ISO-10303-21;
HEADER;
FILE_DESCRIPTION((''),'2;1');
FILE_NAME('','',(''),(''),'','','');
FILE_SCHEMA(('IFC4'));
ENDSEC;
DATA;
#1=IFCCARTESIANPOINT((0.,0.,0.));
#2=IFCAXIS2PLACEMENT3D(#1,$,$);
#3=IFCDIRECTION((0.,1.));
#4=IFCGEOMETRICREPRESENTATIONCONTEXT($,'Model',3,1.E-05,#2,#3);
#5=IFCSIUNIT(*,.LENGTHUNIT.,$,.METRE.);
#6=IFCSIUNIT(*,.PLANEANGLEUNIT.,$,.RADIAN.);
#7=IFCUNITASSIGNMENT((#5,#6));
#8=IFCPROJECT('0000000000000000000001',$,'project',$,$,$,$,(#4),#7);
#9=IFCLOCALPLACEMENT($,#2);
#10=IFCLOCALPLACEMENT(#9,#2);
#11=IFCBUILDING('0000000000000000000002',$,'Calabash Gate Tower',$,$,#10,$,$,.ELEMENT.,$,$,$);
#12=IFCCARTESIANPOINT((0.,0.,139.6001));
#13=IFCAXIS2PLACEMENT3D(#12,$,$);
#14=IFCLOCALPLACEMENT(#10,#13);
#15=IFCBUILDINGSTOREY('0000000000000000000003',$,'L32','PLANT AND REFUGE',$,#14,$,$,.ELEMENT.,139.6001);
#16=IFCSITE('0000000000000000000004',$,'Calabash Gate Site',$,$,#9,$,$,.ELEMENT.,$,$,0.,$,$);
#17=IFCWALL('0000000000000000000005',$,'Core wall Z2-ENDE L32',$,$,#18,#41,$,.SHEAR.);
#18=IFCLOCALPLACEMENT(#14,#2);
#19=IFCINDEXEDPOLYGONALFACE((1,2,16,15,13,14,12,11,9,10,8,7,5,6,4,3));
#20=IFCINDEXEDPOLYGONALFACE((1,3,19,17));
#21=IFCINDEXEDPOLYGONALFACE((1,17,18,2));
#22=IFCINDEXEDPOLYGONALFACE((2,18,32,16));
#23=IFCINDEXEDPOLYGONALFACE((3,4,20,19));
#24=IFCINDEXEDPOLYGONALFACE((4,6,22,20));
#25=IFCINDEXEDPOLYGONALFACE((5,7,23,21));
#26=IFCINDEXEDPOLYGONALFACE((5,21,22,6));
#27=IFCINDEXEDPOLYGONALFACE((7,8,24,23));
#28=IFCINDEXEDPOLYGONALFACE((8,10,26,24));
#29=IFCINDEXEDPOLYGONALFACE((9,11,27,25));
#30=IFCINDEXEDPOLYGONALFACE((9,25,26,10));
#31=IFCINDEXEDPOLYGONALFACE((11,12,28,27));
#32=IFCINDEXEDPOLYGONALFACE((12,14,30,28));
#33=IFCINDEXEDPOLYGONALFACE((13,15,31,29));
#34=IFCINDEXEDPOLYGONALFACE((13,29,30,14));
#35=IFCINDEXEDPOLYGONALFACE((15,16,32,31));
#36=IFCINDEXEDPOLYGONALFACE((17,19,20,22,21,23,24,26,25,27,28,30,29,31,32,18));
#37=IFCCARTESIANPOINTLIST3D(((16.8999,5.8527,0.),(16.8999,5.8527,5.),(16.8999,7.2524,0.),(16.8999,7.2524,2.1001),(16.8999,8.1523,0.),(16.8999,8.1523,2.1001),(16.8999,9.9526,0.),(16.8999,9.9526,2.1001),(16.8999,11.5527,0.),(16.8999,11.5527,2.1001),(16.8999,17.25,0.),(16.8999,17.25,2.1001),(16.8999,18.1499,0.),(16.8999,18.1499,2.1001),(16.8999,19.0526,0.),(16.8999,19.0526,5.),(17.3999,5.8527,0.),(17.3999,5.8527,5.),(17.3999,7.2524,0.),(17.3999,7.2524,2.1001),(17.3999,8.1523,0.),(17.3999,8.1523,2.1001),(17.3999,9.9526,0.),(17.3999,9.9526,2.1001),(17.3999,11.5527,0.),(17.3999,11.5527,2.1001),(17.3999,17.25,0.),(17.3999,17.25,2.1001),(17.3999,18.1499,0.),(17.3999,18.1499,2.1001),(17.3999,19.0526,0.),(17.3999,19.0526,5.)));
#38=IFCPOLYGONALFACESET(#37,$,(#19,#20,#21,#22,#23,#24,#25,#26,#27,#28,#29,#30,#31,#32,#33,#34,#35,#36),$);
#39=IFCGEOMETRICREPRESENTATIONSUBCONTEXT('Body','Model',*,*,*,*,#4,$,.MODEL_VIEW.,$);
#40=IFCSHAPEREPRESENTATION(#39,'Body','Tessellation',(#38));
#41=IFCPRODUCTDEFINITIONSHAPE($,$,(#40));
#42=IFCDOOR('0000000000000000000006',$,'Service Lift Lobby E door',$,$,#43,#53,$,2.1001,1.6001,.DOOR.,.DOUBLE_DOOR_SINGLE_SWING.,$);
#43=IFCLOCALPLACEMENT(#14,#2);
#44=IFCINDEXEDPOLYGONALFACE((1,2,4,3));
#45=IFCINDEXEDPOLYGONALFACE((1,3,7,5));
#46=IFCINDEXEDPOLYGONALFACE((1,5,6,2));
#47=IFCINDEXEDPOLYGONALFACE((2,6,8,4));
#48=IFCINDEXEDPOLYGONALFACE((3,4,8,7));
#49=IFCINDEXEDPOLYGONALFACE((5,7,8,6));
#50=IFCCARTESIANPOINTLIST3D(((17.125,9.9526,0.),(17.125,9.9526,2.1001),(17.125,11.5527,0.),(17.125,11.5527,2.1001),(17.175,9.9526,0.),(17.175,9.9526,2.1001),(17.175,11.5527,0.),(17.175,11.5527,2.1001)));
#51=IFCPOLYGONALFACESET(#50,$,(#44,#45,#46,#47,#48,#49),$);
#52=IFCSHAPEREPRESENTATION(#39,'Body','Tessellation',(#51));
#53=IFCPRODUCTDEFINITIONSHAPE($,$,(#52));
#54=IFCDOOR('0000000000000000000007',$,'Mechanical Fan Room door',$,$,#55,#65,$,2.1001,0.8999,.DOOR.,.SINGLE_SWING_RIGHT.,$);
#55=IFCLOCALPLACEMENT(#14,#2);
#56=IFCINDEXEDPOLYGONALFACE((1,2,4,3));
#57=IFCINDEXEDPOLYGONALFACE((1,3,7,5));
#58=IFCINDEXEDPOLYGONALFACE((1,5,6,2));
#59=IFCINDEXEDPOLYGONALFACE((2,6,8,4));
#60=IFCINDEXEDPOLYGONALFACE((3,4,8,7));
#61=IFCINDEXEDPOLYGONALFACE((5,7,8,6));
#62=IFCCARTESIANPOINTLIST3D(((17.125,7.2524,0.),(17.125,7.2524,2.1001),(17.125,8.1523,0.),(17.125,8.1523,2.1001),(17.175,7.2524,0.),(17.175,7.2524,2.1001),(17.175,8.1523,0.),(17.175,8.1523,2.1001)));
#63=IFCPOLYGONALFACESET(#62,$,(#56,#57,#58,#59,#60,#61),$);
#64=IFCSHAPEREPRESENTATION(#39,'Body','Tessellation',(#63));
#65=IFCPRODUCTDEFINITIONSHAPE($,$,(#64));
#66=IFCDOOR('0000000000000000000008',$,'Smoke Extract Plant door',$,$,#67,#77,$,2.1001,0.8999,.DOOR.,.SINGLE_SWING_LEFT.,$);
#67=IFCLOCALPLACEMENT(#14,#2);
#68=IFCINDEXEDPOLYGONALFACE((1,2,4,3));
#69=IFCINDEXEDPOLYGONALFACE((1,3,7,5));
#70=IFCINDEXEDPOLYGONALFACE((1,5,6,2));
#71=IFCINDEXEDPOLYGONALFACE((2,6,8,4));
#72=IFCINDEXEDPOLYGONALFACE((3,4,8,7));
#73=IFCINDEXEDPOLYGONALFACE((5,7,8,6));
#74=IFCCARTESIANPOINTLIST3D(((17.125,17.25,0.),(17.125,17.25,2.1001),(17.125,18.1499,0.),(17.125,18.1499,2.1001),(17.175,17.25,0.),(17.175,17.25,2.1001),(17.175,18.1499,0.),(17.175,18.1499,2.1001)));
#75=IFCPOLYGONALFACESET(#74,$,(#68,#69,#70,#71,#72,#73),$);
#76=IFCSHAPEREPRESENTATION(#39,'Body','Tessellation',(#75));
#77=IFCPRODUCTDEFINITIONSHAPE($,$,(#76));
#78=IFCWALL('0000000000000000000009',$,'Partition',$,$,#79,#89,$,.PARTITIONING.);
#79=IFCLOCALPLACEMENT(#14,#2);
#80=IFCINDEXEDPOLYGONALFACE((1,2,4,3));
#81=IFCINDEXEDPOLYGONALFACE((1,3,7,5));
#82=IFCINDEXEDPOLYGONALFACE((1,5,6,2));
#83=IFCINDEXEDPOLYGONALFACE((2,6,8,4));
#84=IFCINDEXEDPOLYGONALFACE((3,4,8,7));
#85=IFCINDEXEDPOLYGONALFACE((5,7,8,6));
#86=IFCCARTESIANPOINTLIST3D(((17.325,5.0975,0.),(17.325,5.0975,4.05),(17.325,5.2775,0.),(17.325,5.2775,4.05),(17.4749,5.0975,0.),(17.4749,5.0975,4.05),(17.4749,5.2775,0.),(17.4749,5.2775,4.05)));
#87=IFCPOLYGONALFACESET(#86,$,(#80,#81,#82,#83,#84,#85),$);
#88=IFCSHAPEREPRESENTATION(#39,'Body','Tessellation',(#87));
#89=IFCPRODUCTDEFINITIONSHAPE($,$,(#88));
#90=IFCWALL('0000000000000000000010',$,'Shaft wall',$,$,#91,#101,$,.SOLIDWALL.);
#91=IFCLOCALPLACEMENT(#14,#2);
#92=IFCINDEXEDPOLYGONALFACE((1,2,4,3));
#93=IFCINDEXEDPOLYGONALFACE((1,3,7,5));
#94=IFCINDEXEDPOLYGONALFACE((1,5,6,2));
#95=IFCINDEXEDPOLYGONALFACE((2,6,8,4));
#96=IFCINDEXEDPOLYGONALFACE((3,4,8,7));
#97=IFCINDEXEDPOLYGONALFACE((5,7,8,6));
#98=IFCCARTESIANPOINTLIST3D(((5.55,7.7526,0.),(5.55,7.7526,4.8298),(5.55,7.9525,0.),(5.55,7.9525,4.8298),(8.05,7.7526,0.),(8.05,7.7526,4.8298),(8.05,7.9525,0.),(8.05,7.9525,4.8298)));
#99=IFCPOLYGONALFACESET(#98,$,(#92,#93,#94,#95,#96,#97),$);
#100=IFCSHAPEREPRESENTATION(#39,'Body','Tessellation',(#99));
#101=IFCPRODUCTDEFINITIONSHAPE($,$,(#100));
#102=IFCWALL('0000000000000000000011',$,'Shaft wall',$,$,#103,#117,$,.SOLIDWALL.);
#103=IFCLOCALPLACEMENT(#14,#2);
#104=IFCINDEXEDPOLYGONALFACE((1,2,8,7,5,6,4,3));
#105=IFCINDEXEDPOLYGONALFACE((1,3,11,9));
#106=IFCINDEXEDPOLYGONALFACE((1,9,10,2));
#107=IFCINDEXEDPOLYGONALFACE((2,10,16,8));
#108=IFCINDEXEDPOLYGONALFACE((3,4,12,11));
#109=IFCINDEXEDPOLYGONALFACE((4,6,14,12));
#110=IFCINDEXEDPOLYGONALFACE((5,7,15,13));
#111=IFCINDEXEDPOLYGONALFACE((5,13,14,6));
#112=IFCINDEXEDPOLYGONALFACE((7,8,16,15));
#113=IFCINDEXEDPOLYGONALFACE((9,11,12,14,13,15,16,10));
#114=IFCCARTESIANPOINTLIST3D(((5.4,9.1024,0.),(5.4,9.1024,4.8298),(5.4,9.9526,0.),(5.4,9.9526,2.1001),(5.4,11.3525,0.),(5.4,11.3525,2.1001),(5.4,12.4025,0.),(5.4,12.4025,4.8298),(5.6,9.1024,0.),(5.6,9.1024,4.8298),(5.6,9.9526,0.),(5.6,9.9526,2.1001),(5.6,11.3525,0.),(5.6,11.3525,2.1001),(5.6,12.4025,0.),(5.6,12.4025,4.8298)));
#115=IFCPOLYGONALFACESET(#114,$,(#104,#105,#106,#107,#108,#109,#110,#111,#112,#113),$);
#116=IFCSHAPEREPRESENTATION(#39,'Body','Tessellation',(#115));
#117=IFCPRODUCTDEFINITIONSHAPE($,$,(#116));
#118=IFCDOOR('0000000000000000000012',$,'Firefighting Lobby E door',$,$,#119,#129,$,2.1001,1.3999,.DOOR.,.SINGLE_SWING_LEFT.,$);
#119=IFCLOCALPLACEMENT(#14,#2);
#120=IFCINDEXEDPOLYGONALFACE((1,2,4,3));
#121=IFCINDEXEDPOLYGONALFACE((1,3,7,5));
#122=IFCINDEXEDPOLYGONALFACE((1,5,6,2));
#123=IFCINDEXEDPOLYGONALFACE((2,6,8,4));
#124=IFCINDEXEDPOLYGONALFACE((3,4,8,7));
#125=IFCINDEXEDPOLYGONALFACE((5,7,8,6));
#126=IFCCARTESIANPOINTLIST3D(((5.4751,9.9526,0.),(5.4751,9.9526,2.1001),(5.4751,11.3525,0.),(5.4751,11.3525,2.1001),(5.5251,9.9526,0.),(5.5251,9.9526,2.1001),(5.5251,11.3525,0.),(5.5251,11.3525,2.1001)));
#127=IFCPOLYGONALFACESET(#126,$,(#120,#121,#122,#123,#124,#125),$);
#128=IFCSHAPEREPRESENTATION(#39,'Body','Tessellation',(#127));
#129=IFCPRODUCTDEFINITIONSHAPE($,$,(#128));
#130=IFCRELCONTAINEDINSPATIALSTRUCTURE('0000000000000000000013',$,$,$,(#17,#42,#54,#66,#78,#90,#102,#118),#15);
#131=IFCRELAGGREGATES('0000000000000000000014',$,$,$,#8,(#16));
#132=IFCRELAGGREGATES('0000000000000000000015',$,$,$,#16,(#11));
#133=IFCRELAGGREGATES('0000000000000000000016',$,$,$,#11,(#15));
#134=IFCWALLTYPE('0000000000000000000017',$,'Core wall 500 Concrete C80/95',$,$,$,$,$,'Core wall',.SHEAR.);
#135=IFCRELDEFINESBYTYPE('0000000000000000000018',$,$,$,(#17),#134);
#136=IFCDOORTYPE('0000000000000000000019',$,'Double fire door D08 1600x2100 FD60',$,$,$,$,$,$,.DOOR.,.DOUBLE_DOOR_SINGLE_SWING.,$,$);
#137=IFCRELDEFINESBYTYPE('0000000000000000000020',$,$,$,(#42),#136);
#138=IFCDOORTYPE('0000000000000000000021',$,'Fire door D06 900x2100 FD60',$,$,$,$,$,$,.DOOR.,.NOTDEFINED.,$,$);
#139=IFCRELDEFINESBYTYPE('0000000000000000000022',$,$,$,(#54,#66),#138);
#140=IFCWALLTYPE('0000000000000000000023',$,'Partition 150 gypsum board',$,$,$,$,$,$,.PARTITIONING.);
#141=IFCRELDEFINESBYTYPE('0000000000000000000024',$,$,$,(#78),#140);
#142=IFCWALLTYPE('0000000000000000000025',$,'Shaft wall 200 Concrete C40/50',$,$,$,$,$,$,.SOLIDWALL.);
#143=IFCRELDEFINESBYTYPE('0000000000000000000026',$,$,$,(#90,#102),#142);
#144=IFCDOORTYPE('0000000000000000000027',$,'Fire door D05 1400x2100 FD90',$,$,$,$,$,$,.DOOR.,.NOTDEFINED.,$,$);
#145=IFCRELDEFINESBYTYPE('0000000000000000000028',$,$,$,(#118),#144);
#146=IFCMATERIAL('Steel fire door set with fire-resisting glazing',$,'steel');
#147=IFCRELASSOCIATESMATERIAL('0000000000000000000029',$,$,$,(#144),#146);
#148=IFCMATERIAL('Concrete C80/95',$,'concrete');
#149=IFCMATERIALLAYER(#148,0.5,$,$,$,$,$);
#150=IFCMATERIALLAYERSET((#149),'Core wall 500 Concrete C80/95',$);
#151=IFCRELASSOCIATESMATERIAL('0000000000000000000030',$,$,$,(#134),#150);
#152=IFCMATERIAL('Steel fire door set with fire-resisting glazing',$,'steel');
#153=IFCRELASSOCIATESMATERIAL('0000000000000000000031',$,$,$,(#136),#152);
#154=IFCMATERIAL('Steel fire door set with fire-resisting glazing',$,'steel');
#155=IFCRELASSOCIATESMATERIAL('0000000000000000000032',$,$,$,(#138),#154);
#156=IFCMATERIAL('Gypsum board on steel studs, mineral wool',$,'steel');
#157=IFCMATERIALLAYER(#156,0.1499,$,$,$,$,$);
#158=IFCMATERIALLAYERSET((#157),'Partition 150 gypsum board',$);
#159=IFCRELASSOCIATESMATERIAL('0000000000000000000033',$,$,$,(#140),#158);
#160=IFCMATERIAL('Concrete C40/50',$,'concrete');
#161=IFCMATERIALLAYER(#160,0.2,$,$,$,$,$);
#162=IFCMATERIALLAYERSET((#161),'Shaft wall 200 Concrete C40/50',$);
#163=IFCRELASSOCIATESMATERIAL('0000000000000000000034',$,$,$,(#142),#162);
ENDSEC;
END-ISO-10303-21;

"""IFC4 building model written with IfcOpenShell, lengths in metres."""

from ifc_helpers import new_model, si_unit, direction, frame, frame_2d, origin, place, context, subcontext, project, spatial, rectangle, extrude, material, layer, layer_set, type_object, element, fill, save


model = new_model("IFC4")

# Units and contexts
model_context = context("Model", 3, precision=1e-05, world=origin(), true_north=direction((0.0, 1.0)))
body_context = subcontext(model_context, "Body", "Model", "MODEL_VIEW")
ifc_project = project(units=[si_unit("LENGTHUNIT", "METRE"), si_unit("PLANEANGLEUNIT", "RADIAN")], contexts=[model_context])

# Site, building, storey
site_placement = place(None, origin())
site = spatial("IfcSite", under=ifc_project, at=site_placement, Name="Calabash Gate Site", CompositionType="ELEMENT", RefElevation=0.0)
building_placement = place(site_placement, origin())
building = spatial("IfcBuilding", under=site, at=building_placement, Name="Calabash Gate Tower", CompositionType="ELEMENT")
storey_placement = place(building_placement, frame((0.0, 0.0, 139.6001)))
storey = spatial("IfcBuildingStorey", under=building, at=storey_placement, Name="L32", Description="PLANT AND REFUGE", CompositionType="ELEMENT", Elevation=139.6001)

# Shared definitions
ifc_material_1 = material(Name="Steel fire door set with fire-resisting glazing", Category="steel")
door_type_1 = type_object("IfcDoorType", Name="Fire door D05 1400x2100 FD90", OperationType="NOTDEFINED", PredefinedType="DOOR", material=ifc_material_1)

# Shared definitions
ifc_material_2 = material(Name="Concrete C80/95", Category="concrete")
ifc_layer_1 = layer(ifc_material_2, 0.5)
ifc_layer_set_1 = layer_set([ifc_layer_1], Name="Core wall 500 Concrete C80/95")
wall_type_1 = type_object("IfcWallType", Name="Core wall 500 Concrete C80/95", ElementType="Core wall", PredefinedType="SHEAR", material=ifc_layer_set_1)

# Wall, openings, doors
wall_1_placement = place(storey_placement, frame((17.1499, 5.8525, 0.0), z_axis=(0.0, 0.0, 1.0), x_axis=(0.0, 1.0, 0.0)))
wall_1 = element("IfcWall", 1, at=wall_1_placement, inside=storey, type_object=wall_type_1, Name="Core wall Z2-ENDE L32", PredefinedType="SHEAR", context=body_context, shape_type="SweptSolid", body=[
    extrude(rectangle(XDim=13.2, YDim=0.5, at=frame_2d((6.6001, 0.0))), origin(), (0.0, 0.0, 1.0), 5.0),
])
opening_1_placement = place(wall_1_placement, frame((4.1001, 0.0, 0.0)))
opening_1 = element("IfcOpeningElement", 2, at=opening_1_placement, cuts=wall_1, PredefinedType="OPENING", context=body_context, shape_type="SweptSolid", body=[
    extrude(rectangle(XDim=1.6001, YDim=2.1001, at=frame_2d((0.8, 1.05))), frame((0.0, 0.26, 0.0), z_axis=(0.0, -1.0, 0.0), x_axis=(1.0, 0.0, 0.0)), (0.0, 0.0, 1.0), 0.52),
])
opening_2_placement = place(wall_1_placement, frame((1.3999, 0.0, 0.0)))
opening_2 = element("IfcOpeningElement", 3, at=opening_2_placement, cuts=wall_1, PredefinedType="OPENING", context=body_context, shape_type="SweptSolid", body=[
    extrude(rectangle(XDim=0.8999, YDim=2.1001, at=frame_2d((0.45, 1.05))), frame((0.0, 0.26, 0.0), z_axis=(0.0, -1.0, 0.0), x_axis=(1.0, 0.0, 0.0)), (0.0, 0.0, 1.0), 0.52),
])
opening_3_placement = place(wall_1_placement, frame((11.3975, 0.0, 0.0)))
opening_3 = element("IfcOpeningElement", 4, at=opening_3_placement, cuts=wall_1, PredefinedType="OPENING", context=body_context, shape_type="SweptSolid", body=[
    extrude(rectangle(XDim=0.8999, YDim=2.1001, at=frame_2d((0.45, 1.05))), frame((0.0, 0.26, 0.0), z_axis=(0.0, -1.0, 0.0), x_axis=(1.0, 0.0, 0.0)), (0.0, 0.0, 1.0), 0.52),
])
ifc_material_3 = material(Name="Steel fire door set with fire-resisting glazing", Category="steel")
door_type_2 = type_object("IfcDoorType", Name="Double fire door D08 1600x2100 FD60", OperationType="DOUBLE_DOOR_SINGLE_SWING", PredefinedType="DOOR", material=ifc_material_3)
door_1_placement = place(opening_1_placement, origin())
door_1 = element("IfcDoor", 5, at=door_1_placement, inside=storey, type_object=door_type_2, Name="Service Lift Lobby E door", OperationType="DOUBLE_DOOR_SINGLE_SWING", OverallHeight=2.1001, OverallWidth=1.6001, PredefinedType="DOOR", context=body_context, shape_type="SweptSolid", body=[
    extrude(rectangle(XDim=1.6001, YDim=2.1001, at=frame_2d((0.8, 1.05))), frame((0.0, 0.0249, 0.0), z_axis=(0.0, -1.0, 0.0), x_axis=(1.0, 0.0, 0.0)), (0.0, 0.0, 1.0), 0.05),
])
fill(opening_1, door_1)
ifc_material_4 = material(Name="Steel fire door set with fire-resisting glazing", Category="steel")
door_type_3 = type_object("IfcDoorType", Name="Fire door D06 900x2100 FD60", OperationType="NOTDEFINED", PredefinedType="DOOR", material=ifc_material_4)
door_2_placement = place(opening_2_placement, origin())
door_2 = element("IfcDoor", 6, at=door_2_placement, inside=storey, type_object=door_type_3, Name="Mechanical Fan Room door", OperationType="SINGLE_SWING_RIGHT", OverallHeight=2.1001, OverallWidth=0.8999, PredefinedType="DOOR", context=body_context, shape_type="SweptSolid", body=[
    extrude(rectangle(XDim=0.8999, YDim=2.1001, at=frame_2d((0.45, 1.05))), frame((0.0, 0.0249, 0.0), z_axis=(0.0, -1.0, 0.0), x_axis=(1.0, 0.0, 0.0)), (0.0, 0.0, 1.0), 0.05),
])
fill(opening_2, door_2)
door_3_placement = place(opening_3_placement, origin())
door_3 = element("IfcDoor", 7, at=door_3_placement, inside=storey, type_object=door_type_3, Name="Smoke Extract Plant door", OperationType="SINGLE_SWING_LEFT", OverallHeight=2.1001, OverallWidth=0.8999, PredefinedType="DOOR", context=body_context, shape_type="SweptSolid", body=[
    extrude(rectangle(XDim=0.8999, YDim=2.1001, at=frame_2d((0.45, 1.05))), frame((0.0, 0.0249, 0.0), z_axis=(0.0, -1.0, 0.0), x_axis=(1.0, 0.0, 0.0)), (0.0, 0.0, 1.0), 0.05),
])
fill(opening_3, door_3)

# Walls
ifc_material_5 = material(Name="Gypsum board on steel studs, mineral wool", Category="steel")
ifc_layer_2 = layer(ifc_material_5, 0.1499)
ifc_layer_set_2 = layer_set([ifc_layer_2], Name="Partition 150 gypsum board")
wall_type_2 = type_object("IfcWallType", Name="Partition 150 gypsum board", PredefinedType="PARTITIONING", material=ifc_layer_set_2)
wall_2_placement = place(storey_placement, frame((17.3999, 5.0977, 0.0), z_axis=(0.0, 0.0, 1.0), x_axis=(0.0, 1.0, 0.0)))
element("IfcWall", 8, at=wall_2_placement, inside=storey, type_object=wall_type_2, Name="Partition", PredefinedType="PARTITIONING", context=body_context, shape_type="SweptSolid", body=[
    extrude(rectangle(XDim=0.1799, YDim=0.1499, at=frame_2d((0.0898, 0.0))), origin(), (0.0, 0.0, 1.0), 4.05),
])
ifc_material_6 = material(Name="Concrete C40/50", Category="concrete")
ifc_layer_3 = layer(ifc_material_6, 0.2)
ifc_layer_set_3 = layer_set([ifc_layer_3], Name="Shaft wall 200 Concrete C40/50")
wall_type_3 = type_object("IfcWallType", Name="Shaft wall 200 Concrete C40/50", PredefinedType="SOLIDWALL", material=ifc_layer_set_3)
wall_3_placement = place(storey_placement, frame((5.55, 7.8525, 0.0), z_axis=(0.0, 0.0, 1.0), x_axis=(1.0, 0.0, 0.0)))
element("IfcWall", 9, at=wall_3_placement, inside=storey, type_object=wall_type_3, Name="Shaft wall", PredefinedType="SOLIDWALL", context=body_context, shape_type="SweptSolid", body=[
    extrude(rectangle(XDim=2.5, YDim=0.2, at=frame_2d((1.25, 0.0))), origin(), (0.0, 0.0, 1.0), 4.8298),
])

# Wall, opening, door
wall_4_placement = place(storey_placement, frame((5.5, 9.1025, 0.0), z_axis=(0.0, 0.0, 1.0), x_axis=(0.0, 1.0, 0.0)))
wall_4 = element("IfcWall", 10, at=wall_4_placement, inside=storey, type_object=wall_type_3, Name="Shaft wall", PredefinedType="SOLIDWALL", context=body_context, shape_type="SweptSolid", body=[
    extrude(rectangle(XDim=3.3, YDim=0.2, at=frame_2d((1.6499, 0.0))), origin(), (0.0, 0.0, 1.0), 4.8298),
])
opening_4_placement = place(wall_4_placement, frame((0.8501, 0.0, 0.0)))
opening_4 = element("IfcOpeningElement", 11, at=opening_4_placement, cuts=wall_4, PredefinedType="OPENING", context=body_context, shape_type="SweptSolid", body=[
    extrude(rectangle(XDim=1.3999, YDim=2.1001, at=frame_2d((0.7, 1.05))), frame((0.0, 0.1099, 0.0), z_axis=(0.0, -1.0, 0.0), x_axis=(1.0, 0.0, 0.0)), (0.0, 0.0, 1.0), 0.22),
])
door_4_placement = place(opening_4_placement, origin())
door_4 = element("IfcDoor", 12, at=door_4_placement, inside=storey, type_object=door_type_1, Name="Firefighting Lobby E door", OperationType="SINGLE_SWING_LEFT", OverallHeight=2.1001, OverallWidth=1.3999, PredefinedType="DOOR", context=body_context, shape_type="SweptSolid", body=[
    extrude(rectangle(XDim=1.3999, YDim=2.1001, at=frame_2d((0.7, 1.05))), frame((0.0, 0.0249, 0.0), z_axis=(0.0, -1.0, 0.0), x_axis=(1.0, 0.0, 0.0)), (0.0, 0.0, 1.0), 0.05),
])
fill(opening_4, door_4)

save(model, "model.ifc")
